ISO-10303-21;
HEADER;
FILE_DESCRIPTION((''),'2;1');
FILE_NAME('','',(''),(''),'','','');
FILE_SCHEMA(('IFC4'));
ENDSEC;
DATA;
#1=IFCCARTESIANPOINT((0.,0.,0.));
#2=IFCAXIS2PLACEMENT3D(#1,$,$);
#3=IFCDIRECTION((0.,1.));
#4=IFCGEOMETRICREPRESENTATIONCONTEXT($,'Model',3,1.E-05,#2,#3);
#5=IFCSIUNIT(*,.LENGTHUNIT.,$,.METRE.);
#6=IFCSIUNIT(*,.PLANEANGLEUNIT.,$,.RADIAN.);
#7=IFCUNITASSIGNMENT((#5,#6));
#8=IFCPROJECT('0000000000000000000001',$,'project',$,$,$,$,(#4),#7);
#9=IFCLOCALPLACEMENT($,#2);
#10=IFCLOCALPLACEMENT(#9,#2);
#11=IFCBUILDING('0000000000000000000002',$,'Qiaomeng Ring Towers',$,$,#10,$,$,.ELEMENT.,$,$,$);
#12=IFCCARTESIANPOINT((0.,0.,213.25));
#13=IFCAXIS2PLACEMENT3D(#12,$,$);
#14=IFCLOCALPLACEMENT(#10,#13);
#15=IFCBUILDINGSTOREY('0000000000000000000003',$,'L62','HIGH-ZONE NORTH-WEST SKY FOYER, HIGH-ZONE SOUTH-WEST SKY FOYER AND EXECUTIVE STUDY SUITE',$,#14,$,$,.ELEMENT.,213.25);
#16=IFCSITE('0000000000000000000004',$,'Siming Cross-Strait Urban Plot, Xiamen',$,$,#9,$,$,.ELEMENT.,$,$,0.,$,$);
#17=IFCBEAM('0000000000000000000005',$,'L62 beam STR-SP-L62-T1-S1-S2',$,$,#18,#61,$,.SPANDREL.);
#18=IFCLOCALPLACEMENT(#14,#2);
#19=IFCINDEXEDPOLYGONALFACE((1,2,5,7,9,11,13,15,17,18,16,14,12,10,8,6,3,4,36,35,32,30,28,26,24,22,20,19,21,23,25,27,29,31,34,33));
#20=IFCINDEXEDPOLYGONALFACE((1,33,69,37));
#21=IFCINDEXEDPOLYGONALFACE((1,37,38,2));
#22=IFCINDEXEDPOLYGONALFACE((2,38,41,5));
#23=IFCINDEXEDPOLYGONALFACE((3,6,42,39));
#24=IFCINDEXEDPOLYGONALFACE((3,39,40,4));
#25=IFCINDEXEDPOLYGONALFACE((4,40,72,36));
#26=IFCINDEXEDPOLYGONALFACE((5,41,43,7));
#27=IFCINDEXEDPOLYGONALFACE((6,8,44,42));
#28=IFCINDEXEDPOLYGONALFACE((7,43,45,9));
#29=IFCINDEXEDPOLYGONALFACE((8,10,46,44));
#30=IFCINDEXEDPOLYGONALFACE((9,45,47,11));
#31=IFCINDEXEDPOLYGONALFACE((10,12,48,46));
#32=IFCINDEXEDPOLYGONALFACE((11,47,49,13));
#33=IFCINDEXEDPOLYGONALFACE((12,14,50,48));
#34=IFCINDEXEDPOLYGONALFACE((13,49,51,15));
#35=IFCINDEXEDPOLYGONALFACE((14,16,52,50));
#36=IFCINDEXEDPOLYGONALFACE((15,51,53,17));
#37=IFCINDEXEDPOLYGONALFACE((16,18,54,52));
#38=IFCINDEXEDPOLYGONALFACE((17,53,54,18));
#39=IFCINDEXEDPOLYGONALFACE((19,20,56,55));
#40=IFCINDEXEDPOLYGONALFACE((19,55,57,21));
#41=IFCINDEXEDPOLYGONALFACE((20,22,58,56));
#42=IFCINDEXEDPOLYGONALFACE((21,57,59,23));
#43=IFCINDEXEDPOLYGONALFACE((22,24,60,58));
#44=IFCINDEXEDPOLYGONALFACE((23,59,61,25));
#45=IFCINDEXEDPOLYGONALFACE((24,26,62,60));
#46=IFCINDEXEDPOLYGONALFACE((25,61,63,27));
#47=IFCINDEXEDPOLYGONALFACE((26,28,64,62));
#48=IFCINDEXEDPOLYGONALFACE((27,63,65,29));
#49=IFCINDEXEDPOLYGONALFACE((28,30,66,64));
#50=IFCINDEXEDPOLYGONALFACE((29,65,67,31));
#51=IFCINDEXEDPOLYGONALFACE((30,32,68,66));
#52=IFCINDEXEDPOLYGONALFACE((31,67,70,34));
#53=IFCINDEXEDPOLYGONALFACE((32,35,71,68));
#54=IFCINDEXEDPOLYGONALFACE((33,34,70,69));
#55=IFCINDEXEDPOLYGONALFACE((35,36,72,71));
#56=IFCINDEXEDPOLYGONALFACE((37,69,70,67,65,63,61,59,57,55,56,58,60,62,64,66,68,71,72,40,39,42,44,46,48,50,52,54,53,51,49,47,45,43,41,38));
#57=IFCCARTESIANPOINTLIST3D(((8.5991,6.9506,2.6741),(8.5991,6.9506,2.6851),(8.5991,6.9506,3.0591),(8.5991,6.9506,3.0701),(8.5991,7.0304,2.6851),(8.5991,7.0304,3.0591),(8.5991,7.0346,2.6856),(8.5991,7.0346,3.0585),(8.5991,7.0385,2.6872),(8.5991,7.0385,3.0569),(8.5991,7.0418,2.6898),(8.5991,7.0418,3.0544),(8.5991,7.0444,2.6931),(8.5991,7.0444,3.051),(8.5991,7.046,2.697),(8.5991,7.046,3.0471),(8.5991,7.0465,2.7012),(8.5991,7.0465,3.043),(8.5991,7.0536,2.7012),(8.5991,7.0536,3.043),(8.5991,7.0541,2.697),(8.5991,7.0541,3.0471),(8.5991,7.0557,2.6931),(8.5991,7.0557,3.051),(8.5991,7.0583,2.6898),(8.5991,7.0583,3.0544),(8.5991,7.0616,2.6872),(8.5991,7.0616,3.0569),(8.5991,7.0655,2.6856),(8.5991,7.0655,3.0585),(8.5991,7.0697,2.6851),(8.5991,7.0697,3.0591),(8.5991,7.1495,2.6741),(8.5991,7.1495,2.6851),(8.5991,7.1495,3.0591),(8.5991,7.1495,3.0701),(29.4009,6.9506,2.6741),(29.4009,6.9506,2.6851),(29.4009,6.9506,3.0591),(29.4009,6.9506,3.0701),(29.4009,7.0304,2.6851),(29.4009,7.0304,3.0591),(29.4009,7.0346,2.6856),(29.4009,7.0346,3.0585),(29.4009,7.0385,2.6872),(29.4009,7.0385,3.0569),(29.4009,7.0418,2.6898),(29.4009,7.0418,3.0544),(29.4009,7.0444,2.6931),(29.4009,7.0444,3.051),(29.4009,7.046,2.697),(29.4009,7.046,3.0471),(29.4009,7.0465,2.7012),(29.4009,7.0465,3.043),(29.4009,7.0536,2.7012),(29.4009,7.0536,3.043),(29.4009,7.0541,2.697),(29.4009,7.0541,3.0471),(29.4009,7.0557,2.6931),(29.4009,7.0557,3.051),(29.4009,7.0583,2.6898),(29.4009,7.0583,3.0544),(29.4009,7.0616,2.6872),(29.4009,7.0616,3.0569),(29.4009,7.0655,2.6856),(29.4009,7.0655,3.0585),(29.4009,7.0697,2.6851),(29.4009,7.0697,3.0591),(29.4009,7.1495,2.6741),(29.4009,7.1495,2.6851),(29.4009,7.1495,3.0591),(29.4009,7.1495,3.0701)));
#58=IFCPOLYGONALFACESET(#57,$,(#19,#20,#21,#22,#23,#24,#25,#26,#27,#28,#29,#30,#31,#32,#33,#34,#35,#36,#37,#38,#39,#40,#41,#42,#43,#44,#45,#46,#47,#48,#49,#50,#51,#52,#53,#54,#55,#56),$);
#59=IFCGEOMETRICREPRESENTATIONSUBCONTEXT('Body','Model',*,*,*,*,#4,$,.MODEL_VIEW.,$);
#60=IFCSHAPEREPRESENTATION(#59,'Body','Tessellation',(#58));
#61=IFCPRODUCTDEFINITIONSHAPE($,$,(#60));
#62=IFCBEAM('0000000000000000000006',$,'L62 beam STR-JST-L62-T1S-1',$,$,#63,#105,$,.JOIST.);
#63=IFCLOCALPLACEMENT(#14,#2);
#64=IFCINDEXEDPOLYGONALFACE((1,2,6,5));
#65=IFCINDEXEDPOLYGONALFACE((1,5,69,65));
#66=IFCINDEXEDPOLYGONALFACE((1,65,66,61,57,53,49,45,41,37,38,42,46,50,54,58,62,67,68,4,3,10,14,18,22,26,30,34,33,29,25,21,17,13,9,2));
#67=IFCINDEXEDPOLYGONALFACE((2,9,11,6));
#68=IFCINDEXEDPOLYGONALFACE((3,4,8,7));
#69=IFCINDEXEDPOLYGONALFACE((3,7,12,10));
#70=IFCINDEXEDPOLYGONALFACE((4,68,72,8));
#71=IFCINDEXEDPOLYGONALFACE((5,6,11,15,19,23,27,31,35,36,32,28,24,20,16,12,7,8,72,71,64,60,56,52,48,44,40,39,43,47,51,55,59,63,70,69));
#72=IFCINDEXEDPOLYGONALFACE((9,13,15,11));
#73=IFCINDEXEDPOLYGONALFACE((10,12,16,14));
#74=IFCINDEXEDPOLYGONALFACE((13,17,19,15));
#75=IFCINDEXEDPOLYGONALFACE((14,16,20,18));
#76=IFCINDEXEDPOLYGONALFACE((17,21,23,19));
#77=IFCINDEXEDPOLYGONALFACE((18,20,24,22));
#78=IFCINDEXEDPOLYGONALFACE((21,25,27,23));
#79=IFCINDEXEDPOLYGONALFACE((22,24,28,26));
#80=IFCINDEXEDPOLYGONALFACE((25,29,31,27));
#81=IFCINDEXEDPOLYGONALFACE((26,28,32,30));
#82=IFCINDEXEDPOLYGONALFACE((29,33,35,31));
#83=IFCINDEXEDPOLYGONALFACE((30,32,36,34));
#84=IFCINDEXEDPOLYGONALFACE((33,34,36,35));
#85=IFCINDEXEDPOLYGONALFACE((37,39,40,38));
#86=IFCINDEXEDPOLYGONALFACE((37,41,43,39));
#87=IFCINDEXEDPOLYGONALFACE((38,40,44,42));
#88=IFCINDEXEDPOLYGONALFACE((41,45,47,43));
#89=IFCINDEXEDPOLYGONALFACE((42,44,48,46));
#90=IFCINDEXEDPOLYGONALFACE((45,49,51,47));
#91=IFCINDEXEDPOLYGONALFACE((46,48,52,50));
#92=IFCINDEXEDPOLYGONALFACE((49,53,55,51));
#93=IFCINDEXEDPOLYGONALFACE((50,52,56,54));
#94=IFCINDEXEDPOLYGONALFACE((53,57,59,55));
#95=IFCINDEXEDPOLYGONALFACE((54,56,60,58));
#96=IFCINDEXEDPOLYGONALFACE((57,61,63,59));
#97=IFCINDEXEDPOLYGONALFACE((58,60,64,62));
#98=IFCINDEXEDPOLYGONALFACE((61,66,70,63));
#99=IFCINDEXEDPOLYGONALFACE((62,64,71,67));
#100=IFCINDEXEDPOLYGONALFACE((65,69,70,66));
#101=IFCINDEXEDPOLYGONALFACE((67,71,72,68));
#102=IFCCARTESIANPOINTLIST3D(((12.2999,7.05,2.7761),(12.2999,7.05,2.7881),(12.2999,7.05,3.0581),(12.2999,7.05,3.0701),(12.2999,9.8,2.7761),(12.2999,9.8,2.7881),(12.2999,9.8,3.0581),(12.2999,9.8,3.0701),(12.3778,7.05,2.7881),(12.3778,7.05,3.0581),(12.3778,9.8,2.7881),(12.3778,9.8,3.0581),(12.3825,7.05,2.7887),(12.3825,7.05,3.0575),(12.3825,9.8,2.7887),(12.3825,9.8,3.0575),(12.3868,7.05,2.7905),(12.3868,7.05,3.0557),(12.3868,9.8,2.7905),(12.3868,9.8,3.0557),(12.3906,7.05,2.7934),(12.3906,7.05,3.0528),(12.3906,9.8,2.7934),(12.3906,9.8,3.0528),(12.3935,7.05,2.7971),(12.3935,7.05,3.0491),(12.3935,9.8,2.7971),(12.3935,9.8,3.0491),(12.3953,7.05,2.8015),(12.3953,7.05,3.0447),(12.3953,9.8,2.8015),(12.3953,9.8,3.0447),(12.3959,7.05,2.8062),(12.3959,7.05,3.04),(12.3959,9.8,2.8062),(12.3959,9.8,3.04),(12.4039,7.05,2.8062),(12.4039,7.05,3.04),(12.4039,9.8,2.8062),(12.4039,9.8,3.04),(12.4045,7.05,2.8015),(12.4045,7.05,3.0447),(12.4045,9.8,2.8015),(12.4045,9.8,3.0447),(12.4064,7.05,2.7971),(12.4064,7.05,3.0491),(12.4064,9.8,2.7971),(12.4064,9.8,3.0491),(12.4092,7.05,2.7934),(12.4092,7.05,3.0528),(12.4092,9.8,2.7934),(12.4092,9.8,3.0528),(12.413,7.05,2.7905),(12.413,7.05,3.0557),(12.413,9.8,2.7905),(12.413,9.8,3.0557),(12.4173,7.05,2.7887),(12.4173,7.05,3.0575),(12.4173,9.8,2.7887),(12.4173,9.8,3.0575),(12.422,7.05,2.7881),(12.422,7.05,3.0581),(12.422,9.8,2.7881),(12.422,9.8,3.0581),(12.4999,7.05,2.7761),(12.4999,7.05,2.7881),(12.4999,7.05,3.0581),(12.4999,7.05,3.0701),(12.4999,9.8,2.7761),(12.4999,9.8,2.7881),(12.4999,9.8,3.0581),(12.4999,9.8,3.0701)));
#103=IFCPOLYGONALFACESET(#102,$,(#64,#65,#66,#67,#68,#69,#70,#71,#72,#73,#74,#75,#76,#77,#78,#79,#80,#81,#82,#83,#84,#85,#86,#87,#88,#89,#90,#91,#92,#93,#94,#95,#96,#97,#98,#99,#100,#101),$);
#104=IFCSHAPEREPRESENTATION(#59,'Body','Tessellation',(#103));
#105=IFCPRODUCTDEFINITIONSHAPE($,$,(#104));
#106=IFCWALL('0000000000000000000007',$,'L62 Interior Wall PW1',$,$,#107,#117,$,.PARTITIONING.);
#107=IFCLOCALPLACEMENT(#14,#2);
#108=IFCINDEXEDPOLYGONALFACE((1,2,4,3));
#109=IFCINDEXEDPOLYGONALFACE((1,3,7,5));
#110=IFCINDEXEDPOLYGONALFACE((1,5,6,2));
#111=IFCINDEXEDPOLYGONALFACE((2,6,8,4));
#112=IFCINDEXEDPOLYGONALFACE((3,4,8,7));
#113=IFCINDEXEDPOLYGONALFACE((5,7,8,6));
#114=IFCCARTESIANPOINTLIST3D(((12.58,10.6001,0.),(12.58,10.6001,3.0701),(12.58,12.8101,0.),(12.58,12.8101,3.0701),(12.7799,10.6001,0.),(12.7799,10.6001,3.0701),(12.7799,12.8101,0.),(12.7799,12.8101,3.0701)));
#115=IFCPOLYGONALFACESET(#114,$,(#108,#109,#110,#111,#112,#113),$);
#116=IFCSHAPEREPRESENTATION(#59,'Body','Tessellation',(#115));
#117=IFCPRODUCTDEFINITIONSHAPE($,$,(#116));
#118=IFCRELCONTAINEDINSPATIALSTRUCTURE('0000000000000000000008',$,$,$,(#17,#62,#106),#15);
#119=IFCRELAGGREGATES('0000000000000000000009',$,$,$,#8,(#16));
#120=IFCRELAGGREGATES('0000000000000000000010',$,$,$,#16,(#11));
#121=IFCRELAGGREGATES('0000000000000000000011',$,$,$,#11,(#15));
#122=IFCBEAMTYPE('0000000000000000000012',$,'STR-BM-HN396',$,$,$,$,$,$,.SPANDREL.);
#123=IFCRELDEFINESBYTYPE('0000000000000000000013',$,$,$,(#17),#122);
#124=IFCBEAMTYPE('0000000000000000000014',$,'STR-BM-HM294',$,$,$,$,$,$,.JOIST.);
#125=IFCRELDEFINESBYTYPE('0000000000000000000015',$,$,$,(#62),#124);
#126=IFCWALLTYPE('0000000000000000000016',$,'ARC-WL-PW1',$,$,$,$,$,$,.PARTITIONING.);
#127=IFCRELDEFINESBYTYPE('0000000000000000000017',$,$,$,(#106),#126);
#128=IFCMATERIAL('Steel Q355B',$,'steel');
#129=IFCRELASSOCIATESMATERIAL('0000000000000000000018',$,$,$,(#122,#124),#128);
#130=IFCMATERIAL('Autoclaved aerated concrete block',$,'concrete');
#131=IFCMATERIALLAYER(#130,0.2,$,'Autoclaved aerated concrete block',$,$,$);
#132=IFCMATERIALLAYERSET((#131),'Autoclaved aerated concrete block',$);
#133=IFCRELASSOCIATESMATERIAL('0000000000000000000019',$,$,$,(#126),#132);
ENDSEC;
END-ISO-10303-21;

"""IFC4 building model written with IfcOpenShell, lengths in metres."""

from ifc_helpers import new_model, si_unit, direction, frame, frame_2d, origin, origin_2d, place, context, subcontext, project, spatial, rectangle, i_section, extrude, source, transform, mapped, material, layer, layer_set, material_profile, profile_set, type_object, element, save


model = new_model("IFC4")

# Units and contexts
model_context = context("Model", 3, precision=1e-05, world=origin(), true_north=direction((0.0, 1.0)))
body_context = subcontext(model_context, "Body", "Model", "MODEL_VIEW")
ifc_project = project(units=[si_unit("LENGTHUNIT", "METRE"), si_unit("PLANEANGLEUNIT", "RADIAN")], contexts=[model_context])

# Site, building, storey
site_placement = place(None, origin())
site = spatial("IfcSite", under=ifc_project, at=site_placement, Name="Siming Cross-Strait Urban Plot, Xiamen", CompositionType="ELEMENT", RefElevation=0.0)
building_placement = place(site_placement, origin())
building = spatial("IfcBuilding", under=site, at=building_placement, Name="Qiaomeng Ring Towers", CompositionType="ELEMENT")
storey_placement = place(building_placement, frame((0.0, 0.0, 213.25)))
storey = spatial("IfcBuildingStorey", under=building, at=storey_placement, Name="L62", Description="HIGH-ZONE NORTH-WEST SKY FOYER, HIGH-ZONE SOUTH-WEST SKY FOYER AND EXECUTIVE STUDY SUITE", CompositionType="ELEMENT", Elevation=213.25)

# Beams
ifc_material_1 = material(Name="Steel Q355B", Category="steel")
ifc_material_profile_1 = material_profile(ifc_material_1, i_section(OverallWidth=0.199, OverallDepth=0.396, WebThickness=0.0071, FlangeThickness=0.011, FilletRadius=0.0161, at=origin_2d()), Name="HN 396x199x7x11")
ifc_profile_set_1 = profile_set([ifc_material_profile_1], Name="Steel Q355B")
beam_type_1 = type_object("IfcBeamType", Name="STR-BM-HN396", PredefinedType="SPANDREL", material=ifc_profile_set_1)
shared_shape_1 = source(origin(), body_context, "Body", "SweptSolid", [
    extrude(i_section(OverallWidth=0.199, OverallDepth=0.396, WebThickness=0.0071, FlangeThickness=0.011, FilletRadius=0.0161, at=origin_2d()), origin(), (0.0, 0.0, 1.0), 20.8018),
])
beam_1_placement = place(storey_placement, frame((8.5991, 7.05, 2.8721), z_axis=(1.0, 0.0, 0.0), x_axis=(0.0, 1.0, 0.0)))
element("IfcBeam", 1, at=beam_1_placement, inside=storey, type_object=beam_type_1, Name="L62 beam STR-SP-L62-T1-S1-S2", PredefinedType="SPANDREL", context=body_context, shape_type="MappedRepresentation", body=[
    mapped(shared_shape_1, transform((0.0, 0.0, 0.0), x_axis=(1.0, 0.0, 0.0), y_axis=(0.0, 1.0, 0.0), z_axis=(0.0, 0.0, 1.0), scale=1.0)),
])
ifc_material_profile_2 = material_profile(ifc_material_1, i_section(OverallWidth=0.2, OverallDepth=0.2939, WebThickness=0.0081, FlangeThickness=0.012, FilletRadius=0.0181, at=origin_2d()), Name="HM 294x200x8x12")
ifc_profile_set_2 = profile_set([ifc_material_profile_2], Name="Steel Q355B")
beam_type_2 = type_object("IfcBeamType", Name="STR-BM-HM294", PredefinedType="JOIST", material=ifc_profile_set_2)
shared_shape_2 = source(origin(), body_context, "Body", "SweptSolid", [
    extrude(i_section(OverallWidth=0.2, OverallDepth=0.2939, WebThickness=0.0081, FlangeThickness=0.012, FilletRadius=0.0181, at=origin_2d()), origin(), (0.0, 0.0, 1.0), 2.75),
])
beam_2_placement = place(storey_placement, frame((12.3999, 7.05, 2.9231), z_axis=(0.0, 1.0, 0.0), x_axis=(-1.0, 0.0, 0.0)))
element("IfcBeam", 2, at=beam_2_placement, inside=storey, type_object=beam_type_2, Name="L62 beam STR-JST-L62-T1S-1", PredefinedType="JOIST", context=body_context, shape_type="MappedRepresentation", body=[
    mapped(shared_shape_2, transform((0.0, 0.0, 0.0), x_axis=(1.0, 0.0, 0.0), y_axis=(0.0, 1.0, 0.0), z_axis=(0.0, 0.0, 1.0), scale=1.0)),
])

# Wall
ifc_material_2 = material(Name="Autoclaved aerated concrete block", Category="concrete")
ifc_layer_1 = layer(ifc_material_2, 0.2, Name="Autoclaved aerated concrete block")
ifc_layer_set_1 = layer_set([ifc_layer_1], Name="Autoclaved aerated concrete block")
wall_type_1 = type_object("IfcWallType", Name="ARC-WL-PW1", PredefinedType="PARTITIONING", material=ifc_layer_set_1)
wall_1_placement = place(storey_placement, frame((12.6799, 10.6001, 0.0), z_axis=(0.0, 0.0, 1.0), x_axis=(0.0, 1.0, 0.0)))
element("IfcWall", 3, at=wall_1_placement, inside=storey, type_object=wall_type_1, Name="L62 Interior Wall PW1", PredefinedType="PARTITIONING", context=body_context, shape_type="SweptSolid", body=[
    extrude(rectangle(XDim=2.21, YDim=0.2, at=frame_2d((1.105, 0.0))), origin(), (0.0, 0.0, 1.0), 3.0701),
])

save(model, "model.ifc")
